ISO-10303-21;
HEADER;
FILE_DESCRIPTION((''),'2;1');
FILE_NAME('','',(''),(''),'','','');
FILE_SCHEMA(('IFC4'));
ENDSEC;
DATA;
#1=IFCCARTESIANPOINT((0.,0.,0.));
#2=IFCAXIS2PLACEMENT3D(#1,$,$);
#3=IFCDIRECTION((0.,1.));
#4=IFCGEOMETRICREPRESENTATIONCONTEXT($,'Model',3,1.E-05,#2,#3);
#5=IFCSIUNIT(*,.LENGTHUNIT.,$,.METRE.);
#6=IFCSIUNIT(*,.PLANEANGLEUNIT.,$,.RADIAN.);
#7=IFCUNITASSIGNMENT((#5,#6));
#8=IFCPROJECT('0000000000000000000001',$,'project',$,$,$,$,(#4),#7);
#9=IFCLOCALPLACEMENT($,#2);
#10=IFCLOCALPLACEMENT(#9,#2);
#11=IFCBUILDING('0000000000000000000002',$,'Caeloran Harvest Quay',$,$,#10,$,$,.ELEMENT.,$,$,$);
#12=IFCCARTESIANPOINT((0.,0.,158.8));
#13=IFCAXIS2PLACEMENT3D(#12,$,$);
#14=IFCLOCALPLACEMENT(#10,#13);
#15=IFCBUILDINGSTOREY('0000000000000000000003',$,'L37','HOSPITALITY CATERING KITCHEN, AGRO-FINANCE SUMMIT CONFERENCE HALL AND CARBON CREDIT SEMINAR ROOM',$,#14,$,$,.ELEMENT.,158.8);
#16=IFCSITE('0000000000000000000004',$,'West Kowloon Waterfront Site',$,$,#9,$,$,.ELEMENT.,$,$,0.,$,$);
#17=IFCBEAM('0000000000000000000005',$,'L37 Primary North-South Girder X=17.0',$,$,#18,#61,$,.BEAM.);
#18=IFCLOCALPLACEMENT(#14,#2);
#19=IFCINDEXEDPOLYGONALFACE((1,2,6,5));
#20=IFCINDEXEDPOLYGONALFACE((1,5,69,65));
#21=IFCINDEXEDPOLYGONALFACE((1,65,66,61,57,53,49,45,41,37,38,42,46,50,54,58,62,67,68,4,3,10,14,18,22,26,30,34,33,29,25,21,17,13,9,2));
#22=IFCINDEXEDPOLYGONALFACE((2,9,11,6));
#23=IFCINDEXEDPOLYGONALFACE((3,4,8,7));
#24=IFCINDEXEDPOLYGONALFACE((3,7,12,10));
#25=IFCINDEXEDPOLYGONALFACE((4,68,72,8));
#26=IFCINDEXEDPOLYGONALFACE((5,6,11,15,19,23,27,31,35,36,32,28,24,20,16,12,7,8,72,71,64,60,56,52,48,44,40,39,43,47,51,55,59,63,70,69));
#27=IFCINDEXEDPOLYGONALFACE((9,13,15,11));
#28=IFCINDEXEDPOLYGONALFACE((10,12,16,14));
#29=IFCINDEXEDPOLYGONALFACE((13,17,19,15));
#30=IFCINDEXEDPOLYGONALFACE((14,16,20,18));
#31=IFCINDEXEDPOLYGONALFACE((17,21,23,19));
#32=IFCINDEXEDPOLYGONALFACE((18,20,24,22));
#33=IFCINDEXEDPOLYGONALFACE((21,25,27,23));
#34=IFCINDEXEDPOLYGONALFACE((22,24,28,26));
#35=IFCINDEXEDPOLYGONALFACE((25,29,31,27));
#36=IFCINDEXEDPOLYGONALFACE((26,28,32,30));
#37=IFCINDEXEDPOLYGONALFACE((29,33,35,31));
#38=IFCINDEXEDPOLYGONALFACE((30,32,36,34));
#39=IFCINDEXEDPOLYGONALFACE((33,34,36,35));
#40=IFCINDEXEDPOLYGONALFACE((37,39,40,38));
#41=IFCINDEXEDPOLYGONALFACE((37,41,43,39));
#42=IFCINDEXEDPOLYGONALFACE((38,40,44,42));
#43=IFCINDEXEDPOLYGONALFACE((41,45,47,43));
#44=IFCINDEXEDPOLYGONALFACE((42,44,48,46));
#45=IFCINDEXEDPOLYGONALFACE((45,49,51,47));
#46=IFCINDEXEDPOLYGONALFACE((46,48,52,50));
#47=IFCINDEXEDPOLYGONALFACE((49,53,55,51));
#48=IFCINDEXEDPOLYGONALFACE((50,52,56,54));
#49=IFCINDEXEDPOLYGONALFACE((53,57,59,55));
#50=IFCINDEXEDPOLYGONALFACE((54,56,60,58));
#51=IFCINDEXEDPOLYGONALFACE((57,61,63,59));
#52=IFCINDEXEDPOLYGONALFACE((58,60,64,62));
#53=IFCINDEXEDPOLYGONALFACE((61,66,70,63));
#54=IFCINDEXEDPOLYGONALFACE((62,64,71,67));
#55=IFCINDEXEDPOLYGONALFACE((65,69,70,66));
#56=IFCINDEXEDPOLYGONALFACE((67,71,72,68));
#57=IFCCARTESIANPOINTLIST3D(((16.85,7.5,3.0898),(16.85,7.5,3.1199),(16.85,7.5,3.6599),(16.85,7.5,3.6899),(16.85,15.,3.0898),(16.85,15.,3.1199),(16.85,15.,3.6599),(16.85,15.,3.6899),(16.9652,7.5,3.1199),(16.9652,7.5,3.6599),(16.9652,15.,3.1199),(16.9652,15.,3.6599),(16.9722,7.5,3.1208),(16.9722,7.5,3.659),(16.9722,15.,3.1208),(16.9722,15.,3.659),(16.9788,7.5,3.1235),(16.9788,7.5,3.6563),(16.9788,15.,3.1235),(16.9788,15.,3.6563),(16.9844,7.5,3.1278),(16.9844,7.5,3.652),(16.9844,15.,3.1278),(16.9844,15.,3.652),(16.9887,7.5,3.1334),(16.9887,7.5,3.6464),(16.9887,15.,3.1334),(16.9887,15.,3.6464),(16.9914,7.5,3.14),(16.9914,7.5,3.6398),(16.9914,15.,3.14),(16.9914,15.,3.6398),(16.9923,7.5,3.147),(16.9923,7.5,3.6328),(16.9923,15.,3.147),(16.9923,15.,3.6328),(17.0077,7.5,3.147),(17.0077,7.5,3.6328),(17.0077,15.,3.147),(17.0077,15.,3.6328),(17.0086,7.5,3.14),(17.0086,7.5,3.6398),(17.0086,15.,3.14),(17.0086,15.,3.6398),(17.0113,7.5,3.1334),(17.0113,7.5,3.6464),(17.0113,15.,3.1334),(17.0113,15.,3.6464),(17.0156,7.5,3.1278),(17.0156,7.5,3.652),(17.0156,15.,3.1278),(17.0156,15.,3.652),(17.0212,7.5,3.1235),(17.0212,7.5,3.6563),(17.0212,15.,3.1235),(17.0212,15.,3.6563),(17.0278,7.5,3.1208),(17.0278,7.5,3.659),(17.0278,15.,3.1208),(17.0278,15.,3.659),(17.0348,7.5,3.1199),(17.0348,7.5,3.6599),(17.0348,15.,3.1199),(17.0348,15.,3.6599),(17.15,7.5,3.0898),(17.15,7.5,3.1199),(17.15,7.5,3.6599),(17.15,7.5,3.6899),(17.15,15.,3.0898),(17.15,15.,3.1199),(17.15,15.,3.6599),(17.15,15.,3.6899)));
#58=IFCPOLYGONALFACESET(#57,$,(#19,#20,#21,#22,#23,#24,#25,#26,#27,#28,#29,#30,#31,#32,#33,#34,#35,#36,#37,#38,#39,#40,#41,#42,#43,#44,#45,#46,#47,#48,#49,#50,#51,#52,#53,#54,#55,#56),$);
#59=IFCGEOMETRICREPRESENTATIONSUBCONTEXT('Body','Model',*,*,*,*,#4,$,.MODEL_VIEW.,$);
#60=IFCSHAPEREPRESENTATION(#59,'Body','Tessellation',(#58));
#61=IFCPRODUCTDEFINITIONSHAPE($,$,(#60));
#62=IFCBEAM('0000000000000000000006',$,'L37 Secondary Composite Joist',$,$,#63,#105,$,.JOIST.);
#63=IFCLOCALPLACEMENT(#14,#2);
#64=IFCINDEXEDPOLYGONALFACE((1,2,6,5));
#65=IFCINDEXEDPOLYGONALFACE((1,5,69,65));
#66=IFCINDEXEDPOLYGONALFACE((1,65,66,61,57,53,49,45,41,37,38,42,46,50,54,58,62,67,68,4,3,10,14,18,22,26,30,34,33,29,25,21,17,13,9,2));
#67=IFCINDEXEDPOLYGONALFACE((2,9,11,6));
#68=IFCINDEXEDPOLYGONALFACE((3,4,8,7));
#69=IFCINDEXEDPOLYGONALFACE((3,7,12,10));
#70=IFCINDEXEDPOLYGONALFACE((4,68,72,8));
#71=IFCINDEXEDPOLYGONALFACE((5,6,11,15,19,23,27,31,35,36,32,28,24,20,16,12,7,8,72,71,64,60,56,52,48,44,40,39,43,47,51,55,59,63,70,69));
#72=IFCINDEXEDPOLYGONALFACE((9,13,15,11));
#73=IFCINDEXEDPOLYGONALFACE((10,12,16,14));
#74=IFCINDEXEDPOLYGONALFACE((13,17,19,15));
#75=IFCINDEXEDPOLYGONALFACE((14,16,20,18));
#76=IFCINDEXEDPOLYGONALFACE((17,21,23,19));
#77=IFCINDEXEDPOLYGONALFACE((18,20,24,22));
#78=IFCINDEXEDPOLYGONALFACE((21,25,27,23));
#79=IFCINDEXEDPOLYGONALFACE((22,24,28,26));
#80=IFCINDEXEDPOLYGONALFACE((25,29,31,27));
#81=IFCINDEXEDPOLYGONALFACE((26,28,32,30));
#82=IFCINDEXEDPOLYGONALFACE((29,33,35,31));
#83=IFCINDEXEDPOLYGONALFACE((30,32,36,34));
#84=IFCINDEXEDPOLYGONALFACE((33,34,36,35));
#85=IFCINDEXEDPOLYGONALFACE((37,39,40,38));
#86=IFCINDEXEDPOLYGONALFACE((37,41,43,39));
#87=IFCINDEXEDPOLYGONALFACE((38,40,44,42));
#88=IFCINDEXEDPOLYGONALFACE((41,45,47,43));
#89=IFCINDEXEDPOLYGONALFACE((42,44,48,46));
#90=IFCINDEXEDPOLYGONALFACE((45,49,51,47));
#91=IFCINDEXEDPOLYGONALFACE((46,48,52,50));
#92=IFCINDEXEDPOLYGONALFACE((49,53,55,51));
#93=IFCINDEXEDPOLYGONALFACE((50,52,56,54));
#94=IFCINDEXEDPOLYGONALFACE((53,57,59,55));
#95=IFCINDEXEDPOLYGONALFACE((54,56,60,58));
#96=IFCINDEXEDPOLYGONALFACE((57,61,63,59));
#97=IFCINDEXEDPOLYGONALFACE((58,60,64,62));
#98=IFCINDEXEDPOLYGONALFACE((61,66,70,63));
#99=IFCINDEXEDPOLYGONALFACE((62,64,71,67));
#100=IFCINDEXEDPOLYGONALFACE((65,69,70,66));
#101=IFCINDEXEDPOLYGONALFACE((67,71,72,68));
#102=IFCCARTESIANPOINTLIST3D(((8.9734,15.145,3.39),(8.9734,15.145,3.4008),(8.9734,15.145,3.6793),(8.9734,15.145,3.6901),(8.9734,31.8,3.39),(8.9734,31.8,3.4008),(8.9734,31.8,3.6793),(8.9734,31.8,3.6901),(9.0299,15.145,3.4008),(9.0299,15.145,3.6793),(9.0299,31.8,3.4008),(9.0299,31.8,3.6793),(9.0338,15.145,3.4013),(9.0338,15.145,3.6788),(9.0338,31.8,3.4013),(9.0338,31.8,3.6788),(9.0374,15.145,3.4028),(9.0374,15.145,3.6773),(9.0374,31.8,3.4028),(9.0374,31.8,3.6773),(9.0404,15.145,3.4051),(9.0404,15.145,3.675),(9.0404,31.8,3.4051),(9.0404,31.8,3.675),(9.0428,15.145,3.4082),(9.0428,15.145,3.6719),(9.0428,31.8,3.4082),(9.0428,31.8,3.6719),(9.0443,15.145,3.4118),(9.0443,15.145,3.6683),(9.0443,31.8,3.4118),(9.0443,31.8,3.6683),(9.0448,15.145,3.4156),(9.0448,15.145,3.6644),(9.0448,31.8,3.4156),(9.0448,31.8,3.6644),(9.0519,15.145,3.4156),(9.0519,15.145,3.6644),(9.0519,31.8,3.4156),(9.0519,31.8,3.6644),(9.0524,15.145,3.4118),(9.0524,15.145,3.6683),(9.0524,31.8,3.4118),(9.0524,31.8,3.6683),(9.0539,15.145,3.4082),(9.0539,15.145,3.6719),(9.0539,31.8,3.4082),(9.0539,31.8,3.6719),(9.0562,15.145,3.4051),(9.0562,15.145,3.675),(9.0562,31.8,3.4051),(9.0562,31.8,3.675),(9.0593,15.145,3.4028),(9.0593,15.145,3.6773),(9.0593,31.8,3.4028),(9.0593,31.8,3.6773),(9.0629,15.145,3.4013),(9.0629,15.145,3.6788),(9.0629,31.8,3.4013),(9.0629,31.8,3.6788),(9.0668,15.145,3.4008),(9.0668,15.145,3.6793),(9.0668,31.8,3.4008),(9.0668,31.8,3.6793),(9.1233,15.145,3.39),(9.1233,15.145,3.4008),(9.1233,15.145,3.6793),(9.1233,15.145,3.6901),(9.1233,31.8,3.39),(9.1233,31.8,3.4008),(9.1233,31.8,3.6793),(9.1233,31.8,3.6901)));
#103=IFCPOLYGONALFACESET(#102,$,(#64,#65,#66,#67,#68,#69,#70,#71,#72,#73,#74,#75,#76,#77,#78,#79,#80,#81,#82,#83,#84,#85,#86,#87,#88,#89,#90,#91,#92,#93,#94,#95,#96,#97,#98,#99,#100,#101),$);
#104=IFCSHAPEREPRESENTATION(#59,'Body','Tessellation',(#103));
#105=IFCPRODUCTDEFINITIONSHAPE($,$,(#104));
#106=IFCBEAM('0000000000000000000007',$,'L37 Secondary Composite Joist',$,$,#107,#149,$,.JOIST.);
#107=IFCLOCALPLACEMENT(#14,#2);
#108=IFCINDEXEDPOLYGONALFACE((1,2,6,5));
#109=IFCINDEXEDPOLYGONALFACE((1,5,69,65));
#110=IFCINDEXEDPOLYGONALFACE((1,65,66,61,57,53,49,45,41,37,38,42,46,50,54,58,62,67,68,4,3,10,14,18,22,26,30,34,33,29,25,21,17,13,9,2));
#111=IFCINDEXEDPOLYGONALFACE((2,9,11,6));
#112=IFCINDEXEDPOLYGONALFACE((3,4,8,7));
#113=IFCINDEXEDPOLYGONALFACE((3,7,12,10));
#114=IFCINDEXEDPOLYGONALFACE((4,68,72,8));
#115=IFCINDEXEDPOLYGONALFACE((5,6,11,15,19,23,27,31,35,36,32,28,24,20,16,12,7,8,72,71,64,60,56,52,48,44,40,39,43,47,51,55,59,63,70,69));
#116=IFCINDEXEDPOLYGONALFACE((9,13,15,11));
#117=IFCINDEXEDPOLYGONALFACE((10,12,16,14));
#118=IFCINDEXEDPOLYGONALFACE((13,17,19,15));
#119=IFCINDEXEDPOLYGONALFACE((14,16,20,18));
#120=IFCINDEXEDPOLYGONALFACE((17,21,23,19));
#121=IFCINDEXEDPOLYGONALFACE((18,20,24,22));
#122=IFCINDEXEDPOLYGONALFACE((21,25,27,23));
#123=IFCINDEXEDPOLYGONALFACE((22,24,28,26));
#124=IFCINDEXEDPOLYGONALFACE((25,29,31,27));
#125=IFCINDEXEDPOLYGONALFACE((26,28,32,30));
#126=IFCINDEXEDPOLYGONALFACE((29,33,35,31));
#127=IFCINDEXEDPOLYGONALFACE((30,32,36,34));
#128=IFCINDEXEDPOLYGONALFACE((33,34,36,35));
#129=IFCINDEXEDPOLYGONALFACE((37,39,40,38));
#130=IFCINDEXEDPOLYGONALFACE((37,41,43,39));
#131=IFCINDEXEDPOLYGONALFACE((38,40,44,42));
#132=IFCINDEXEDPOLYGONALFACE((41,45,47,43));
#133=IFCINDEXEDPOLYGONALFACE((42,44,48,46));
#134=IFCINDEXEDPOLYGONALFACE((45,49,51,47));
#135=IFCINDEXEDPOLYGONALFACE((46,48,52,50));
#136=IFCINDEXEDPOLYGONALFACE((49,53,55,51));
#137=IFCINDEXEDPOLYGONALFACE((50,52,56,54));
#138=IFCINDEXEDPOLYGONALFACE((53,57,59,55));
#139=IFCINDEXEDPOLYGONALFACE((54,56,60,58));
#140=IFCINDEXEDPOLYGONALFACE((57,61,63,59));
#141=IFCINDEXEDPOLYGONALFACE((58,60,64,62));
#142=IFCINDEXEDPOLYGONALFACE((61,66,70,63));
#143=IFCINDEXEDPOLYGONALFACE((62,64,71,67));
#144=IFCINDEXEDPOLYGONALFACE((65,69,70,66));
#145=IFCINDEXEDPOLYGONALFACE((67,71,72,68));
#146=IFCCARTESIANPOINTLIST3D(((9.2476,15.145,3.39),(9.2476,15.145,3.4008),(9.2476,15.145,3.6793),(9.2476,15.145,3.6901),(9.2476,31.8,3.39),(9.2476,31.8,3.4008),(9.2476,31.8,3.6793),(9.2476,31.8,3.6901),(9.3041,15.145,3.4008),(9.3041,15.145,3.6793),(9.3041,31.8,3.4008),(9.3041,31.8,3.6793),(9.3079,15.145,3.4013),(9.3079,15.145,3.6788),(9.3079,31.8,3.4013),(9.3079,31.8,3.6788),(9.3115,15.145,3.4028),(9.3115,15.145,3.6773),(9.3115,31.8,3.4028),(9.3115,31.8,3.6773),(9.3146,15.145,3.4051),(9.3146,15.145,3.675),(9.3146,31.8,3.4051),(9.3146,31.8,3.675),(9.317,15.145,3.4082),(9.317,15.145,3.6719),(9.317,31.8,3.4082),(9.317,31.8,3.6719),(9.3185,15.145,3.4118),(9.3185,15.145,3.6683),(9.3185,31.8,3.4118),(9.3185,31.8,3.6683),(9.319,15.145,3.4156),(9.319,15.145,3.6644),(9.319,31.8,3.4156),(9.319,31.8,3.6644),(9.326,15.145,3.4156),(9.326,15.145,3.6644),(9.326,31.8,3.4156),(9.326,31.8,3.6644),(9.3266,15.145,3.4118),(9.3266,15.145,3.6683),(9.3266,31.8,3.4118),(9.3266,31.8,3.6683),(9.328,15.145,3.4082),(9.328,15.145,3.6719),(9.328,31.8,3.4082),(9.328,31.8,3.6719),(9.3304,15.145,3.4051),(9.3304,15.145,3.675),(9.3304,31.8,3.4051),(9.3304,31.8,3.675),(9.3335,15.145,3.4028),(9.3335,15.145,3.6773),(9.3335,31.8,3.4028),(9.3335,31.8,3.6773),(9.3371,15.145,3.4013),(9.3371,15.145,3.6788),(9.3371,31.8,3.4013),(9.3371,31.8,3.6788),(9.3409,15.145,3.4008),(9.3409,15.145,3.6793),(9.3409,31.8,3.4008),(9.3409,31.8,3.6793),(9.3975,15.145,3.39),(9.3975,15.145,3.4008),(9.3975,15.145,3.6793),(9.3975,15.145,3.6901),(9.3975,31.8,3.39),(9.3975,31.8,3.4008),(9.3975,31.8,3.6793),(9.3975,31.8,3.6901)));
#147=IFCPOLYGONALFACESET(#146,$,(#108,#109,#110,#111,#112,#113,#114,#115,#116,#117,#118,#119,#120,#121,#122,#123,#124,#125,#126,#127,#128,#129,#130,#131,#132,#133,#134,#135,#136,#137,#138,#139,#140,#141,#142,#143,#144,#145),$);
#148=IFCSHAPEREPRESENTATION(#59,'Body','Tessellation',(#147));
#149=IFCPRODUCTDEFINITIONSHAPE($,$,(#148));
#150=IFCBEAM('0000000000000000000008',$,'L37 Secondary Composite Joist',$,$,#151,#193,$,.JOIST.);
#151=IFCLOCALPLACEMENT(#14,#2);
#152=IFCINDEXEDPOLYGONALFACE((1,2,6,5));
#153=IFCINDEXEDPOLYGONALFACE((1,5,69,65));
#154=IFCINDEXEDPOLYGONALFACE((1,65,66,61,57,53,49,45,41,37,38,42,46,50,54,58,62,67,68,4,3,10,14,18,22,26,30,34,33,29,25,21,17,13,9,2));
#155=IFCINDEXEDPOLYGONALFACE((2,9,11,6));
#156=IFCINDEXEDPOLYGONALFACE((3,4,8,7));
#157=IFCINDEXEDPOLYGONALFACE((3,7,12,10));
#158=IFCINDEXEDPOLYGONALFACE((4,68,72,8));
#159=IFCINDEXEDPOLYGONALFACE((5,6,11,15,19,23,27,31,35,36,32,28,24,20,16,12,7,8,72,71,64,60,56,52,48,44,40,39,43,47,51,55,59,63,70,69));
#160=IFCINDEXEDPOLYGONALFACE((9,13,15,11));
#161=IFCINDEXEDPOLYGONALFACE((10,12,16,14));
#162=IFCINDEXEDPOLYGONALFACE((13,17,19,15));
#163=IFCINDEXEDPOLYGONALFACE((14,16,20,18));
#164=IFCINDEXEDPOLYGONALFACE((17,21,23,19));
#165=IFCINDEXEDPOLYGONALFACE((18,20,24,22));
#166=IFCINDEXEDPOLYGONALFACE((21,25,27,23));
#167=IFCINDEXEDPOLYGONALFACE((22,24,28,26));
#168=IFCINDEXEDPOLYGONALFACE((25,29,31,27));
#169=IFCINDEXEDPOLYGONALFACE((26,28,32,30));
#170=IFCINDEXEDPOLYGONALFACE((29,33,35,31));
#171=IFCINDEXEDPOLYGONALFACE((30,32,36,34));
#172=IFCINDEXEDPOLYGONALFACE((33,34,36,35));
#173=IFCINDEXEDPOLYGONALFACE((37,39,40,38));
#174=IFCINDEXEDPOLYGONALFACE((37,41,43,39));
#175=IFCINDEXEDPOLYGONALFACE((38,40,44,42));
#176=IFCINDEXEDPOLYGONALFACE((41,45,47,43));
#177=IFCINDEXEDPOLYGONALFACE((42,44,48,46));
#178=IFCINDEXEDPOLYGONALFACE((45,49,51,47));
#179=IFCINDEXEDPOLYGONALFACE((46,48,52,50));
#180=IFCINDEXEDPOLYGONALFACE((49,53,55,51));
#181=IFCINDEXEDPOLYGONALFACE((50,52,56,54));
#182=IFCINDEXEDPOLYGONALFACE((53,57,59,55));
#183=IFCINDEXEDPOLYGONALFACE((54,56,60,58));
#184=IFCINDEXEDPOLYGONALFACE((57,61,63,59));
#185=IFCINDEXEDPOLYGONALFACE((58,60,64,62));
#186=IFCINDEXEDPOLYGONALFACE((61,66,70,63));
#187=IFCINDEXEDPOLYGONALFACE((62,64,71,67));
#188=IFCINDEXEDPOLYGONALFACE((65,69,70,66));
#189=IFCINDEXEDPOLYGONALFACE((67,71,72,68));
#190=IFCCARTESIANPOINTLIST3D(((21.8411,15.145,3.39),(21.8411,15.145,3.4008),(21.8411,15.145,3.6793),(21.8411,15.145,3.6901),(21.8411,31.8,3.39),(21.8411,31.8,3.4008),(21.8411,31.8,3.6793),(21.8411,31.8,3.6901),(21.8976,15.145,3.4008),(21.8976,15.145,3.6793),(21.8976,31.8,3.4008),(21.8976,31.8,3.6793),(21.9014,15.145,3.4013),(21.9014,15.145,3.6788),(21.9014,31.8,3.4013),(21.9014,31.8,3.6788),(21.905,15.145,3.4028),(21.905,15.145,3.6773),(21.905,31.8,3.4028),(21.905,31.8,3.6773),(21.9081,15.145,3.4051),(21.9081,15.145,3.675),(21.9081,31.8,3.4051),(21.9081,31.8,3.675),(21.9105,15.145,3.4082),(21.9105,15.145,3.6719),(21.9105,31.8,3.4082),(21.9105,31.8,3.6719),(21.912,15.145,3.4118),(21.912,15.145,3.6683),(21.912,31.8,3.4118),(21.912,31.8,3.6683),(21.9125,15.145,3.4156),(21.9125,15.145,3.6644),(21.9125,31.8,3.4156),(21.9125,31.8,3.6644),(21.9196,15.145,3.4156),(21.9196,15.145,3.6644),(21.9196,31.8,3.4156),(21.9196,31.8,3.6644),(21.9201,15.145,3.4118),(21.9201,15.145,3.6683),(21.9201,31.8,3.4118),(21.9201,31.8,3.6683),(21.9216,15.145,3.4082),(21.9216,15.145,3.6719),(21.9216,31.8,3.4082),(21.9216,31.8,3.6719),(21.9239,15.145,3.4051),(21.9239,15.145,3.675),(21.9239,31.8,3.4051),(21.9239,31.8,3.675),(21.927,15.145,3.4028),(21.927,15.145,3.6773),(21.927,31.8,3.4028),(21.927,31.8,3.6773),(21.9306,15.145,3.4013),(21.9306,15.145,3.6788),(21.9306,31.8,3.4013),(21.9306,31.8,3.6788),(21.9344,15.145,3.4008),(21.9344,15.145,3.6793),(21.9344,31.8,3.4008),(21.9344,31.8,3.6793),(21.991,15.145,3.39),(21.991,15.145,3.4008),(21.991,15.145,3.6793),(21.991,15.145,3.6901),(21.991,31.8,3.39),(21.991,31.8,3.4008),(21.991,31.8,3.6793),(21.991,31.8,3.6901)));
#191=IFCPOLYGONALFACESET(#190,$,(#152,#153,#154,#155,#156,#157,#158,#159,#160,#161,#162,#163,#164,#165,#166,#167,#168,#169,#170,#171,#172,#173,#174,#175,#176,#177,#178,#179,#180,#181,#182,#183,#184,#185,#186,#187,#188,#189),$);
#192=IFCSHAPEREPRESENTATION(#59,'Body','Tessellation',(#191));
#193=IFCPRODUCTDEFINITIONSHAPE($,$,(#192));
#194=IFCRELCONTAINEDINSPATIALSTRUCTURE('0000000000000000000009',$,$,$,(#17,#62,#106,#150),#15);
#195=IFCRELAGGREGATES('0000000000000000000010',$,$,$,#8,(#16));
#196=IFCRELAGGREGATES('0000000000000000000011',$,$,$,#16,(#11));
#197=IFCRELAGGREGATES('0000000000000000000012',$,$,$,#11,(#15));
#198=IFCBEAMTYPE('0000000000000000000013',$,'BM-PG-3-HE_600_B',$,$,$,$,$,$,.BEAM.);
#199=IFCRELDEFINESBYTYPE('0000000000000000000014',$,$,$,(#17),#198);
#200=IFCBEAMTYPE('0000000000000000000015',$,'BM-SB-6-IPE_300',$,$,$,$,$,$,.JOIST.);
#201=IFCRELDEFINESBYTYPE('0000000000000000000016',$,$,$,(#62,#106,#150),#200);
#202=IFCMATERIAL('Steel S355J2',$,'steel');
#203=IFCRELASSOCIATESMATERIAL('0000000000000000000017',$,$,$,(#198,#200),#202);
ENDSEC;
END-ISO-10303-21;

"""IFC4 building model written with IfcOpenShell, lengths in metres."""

from ifc_helpers import new_model, si_unit, direction, frame, origin, origin_2d, place, context, subcontext, project, spatial, i_section, extrude, material, material_profile, profile_set, type_object, element, save


model = new_model("IFC4")

# Units and contexts
model_context = context("Model", 3, precision=1e-05, world=origin(), true_north=direction((0.0, 1.0)))
body_context = subcontext(model_context, "Body", "Model", "MODEL_VIEW")
ifc_project = project(units=[si_unit("LENGTHUNIT", "METRE"), si_unit("PLANEANGLEUNIT", "RADIAN")], contexts=[model_context])

# Site, building, storey
site_placement = place(None, origin())
site = spatial("IfcSite", under=ifc_project, at=site_placement, Name="West Kowloon Waterfront Site", CompositionType="ELEMENT", RefElevation=0.0)
building_placement = place(site_placement, origin())
building = spatial("IfcBuilding", under=site, at=building_placement, Name="Caeloran Harvest Quay", CompositionType="ELEMENT")
storey_placement = place(building_placement, frame((0.0, 0.0, 158.8)))
storey = spatial("IfcBuildingStorey", under=building, at=storey_placement, Name="L37", Description="HOSPITALITY CATERING KITCHEN, AGRO-FINANCE SUMMIT CONFERENCE HALL AND CARBON CREDIT SEMINAR ROOM", CompositionType="ELEMENT", Elevation=158.8)

# Beams
ifc_material_1 = material(Name="Steel S355J2", Category="steel")
ifc_material_profile_1 = material_profile(ifc_material_1, i_section(OverallWidth=0.3, OverallDepth=0.6001, WebThickness=0.0154, FlangeThickness=0.03, FilletRadius=0.0271, at=origin_2d()), Name="HE 600 B")
ifc_profile_set_1 = profile_set([ifc_material_profile_1], Name="Steel S355J2")
beam_type_1 = type_object("IfcBeamType", Name="BM-PG-3-HE_600_B", PredefinedType="BEAM", material=ifc_profile_set_1)
beam_1_placement = place(storey_placement, frame((17.0, 7.5, 3.3899), z_axis=(0.0, 1.0, 0.0), x_axis=(-1.0, 0.0, 0.0)))
element("IfcBeam", 1, at=beam_1_placement, inside=storey, type_object=beam_type_1, Name="L37 Primary North-South Girder X=17.0", PredefinedType="BEAM", context=body_context, shape_type="SweptSolid", body=[
    extrude(i_section(OverallWidth=0.3, OverallDepth=0.6001, WebThickness=0.0154, FlangeThickness=0.03, FilletRadius=0.0271, at=origin_2d()), origin(), (0.0, 0.0, 1.0), 7.5),
])
ifc_material_profile_2 = material_profile(ifc_material_1, i_section(OverallWidth=0.1499, OverallDepth=0.3, WebThickness=0.0071, FlangeThickness=0.0107, FilletRadius=0.0149, at=origin_2d()), Name="IPE 300")
ifc_profile_set_2 = profile_set([ifc_material_profile_2], Name="Steel S355J2")
beam_type_2 = type_object("IfcBeamType", Name="BM-SB-6-IPE_300", PredefinedType="JOIST", material=ifc_profile_set_2)
for number, where, z_axis, x_axis, name in (
    (2, (9.0483, 15.145, 3.54), (0.0, 1.0, 0.0), (-1.0, 0.0, 0.0), "L37 Secondary Composite Joist"),
    (3, (9.3225, 15.145, 3.54), (0.0, 1.0, 0.0), (-1.0, 0.0, 0.0), "L37 Secondary Composite Joist"),
    (4, (21.916, 15.145, 3.54), (0.0, 1.0, 0.0), (-1.0, 0.0, 0.0), "L37 Secondary Composite Joist"),
):
    element("IfcBeam", number, at=place(storey_placement, frame(where, z_axis=z_axis, x_axis=x_axis)), inside=storey, type_object=beam_type_2, Name=name, PredefinedType="JOIST", context=body_context, shape_type="SweptSolid", body=[
        extrude(i_section(OverallWidth=0.1499, OverallDepth=0.3, WebThickness=0.0071, FlangeThickness=0.0107, FilletRadius=0.0149, at=origin_2d()), origin(), (0.0, 0.0, 1.0), 16.655),
    ])

save(model, "model.ifc")
